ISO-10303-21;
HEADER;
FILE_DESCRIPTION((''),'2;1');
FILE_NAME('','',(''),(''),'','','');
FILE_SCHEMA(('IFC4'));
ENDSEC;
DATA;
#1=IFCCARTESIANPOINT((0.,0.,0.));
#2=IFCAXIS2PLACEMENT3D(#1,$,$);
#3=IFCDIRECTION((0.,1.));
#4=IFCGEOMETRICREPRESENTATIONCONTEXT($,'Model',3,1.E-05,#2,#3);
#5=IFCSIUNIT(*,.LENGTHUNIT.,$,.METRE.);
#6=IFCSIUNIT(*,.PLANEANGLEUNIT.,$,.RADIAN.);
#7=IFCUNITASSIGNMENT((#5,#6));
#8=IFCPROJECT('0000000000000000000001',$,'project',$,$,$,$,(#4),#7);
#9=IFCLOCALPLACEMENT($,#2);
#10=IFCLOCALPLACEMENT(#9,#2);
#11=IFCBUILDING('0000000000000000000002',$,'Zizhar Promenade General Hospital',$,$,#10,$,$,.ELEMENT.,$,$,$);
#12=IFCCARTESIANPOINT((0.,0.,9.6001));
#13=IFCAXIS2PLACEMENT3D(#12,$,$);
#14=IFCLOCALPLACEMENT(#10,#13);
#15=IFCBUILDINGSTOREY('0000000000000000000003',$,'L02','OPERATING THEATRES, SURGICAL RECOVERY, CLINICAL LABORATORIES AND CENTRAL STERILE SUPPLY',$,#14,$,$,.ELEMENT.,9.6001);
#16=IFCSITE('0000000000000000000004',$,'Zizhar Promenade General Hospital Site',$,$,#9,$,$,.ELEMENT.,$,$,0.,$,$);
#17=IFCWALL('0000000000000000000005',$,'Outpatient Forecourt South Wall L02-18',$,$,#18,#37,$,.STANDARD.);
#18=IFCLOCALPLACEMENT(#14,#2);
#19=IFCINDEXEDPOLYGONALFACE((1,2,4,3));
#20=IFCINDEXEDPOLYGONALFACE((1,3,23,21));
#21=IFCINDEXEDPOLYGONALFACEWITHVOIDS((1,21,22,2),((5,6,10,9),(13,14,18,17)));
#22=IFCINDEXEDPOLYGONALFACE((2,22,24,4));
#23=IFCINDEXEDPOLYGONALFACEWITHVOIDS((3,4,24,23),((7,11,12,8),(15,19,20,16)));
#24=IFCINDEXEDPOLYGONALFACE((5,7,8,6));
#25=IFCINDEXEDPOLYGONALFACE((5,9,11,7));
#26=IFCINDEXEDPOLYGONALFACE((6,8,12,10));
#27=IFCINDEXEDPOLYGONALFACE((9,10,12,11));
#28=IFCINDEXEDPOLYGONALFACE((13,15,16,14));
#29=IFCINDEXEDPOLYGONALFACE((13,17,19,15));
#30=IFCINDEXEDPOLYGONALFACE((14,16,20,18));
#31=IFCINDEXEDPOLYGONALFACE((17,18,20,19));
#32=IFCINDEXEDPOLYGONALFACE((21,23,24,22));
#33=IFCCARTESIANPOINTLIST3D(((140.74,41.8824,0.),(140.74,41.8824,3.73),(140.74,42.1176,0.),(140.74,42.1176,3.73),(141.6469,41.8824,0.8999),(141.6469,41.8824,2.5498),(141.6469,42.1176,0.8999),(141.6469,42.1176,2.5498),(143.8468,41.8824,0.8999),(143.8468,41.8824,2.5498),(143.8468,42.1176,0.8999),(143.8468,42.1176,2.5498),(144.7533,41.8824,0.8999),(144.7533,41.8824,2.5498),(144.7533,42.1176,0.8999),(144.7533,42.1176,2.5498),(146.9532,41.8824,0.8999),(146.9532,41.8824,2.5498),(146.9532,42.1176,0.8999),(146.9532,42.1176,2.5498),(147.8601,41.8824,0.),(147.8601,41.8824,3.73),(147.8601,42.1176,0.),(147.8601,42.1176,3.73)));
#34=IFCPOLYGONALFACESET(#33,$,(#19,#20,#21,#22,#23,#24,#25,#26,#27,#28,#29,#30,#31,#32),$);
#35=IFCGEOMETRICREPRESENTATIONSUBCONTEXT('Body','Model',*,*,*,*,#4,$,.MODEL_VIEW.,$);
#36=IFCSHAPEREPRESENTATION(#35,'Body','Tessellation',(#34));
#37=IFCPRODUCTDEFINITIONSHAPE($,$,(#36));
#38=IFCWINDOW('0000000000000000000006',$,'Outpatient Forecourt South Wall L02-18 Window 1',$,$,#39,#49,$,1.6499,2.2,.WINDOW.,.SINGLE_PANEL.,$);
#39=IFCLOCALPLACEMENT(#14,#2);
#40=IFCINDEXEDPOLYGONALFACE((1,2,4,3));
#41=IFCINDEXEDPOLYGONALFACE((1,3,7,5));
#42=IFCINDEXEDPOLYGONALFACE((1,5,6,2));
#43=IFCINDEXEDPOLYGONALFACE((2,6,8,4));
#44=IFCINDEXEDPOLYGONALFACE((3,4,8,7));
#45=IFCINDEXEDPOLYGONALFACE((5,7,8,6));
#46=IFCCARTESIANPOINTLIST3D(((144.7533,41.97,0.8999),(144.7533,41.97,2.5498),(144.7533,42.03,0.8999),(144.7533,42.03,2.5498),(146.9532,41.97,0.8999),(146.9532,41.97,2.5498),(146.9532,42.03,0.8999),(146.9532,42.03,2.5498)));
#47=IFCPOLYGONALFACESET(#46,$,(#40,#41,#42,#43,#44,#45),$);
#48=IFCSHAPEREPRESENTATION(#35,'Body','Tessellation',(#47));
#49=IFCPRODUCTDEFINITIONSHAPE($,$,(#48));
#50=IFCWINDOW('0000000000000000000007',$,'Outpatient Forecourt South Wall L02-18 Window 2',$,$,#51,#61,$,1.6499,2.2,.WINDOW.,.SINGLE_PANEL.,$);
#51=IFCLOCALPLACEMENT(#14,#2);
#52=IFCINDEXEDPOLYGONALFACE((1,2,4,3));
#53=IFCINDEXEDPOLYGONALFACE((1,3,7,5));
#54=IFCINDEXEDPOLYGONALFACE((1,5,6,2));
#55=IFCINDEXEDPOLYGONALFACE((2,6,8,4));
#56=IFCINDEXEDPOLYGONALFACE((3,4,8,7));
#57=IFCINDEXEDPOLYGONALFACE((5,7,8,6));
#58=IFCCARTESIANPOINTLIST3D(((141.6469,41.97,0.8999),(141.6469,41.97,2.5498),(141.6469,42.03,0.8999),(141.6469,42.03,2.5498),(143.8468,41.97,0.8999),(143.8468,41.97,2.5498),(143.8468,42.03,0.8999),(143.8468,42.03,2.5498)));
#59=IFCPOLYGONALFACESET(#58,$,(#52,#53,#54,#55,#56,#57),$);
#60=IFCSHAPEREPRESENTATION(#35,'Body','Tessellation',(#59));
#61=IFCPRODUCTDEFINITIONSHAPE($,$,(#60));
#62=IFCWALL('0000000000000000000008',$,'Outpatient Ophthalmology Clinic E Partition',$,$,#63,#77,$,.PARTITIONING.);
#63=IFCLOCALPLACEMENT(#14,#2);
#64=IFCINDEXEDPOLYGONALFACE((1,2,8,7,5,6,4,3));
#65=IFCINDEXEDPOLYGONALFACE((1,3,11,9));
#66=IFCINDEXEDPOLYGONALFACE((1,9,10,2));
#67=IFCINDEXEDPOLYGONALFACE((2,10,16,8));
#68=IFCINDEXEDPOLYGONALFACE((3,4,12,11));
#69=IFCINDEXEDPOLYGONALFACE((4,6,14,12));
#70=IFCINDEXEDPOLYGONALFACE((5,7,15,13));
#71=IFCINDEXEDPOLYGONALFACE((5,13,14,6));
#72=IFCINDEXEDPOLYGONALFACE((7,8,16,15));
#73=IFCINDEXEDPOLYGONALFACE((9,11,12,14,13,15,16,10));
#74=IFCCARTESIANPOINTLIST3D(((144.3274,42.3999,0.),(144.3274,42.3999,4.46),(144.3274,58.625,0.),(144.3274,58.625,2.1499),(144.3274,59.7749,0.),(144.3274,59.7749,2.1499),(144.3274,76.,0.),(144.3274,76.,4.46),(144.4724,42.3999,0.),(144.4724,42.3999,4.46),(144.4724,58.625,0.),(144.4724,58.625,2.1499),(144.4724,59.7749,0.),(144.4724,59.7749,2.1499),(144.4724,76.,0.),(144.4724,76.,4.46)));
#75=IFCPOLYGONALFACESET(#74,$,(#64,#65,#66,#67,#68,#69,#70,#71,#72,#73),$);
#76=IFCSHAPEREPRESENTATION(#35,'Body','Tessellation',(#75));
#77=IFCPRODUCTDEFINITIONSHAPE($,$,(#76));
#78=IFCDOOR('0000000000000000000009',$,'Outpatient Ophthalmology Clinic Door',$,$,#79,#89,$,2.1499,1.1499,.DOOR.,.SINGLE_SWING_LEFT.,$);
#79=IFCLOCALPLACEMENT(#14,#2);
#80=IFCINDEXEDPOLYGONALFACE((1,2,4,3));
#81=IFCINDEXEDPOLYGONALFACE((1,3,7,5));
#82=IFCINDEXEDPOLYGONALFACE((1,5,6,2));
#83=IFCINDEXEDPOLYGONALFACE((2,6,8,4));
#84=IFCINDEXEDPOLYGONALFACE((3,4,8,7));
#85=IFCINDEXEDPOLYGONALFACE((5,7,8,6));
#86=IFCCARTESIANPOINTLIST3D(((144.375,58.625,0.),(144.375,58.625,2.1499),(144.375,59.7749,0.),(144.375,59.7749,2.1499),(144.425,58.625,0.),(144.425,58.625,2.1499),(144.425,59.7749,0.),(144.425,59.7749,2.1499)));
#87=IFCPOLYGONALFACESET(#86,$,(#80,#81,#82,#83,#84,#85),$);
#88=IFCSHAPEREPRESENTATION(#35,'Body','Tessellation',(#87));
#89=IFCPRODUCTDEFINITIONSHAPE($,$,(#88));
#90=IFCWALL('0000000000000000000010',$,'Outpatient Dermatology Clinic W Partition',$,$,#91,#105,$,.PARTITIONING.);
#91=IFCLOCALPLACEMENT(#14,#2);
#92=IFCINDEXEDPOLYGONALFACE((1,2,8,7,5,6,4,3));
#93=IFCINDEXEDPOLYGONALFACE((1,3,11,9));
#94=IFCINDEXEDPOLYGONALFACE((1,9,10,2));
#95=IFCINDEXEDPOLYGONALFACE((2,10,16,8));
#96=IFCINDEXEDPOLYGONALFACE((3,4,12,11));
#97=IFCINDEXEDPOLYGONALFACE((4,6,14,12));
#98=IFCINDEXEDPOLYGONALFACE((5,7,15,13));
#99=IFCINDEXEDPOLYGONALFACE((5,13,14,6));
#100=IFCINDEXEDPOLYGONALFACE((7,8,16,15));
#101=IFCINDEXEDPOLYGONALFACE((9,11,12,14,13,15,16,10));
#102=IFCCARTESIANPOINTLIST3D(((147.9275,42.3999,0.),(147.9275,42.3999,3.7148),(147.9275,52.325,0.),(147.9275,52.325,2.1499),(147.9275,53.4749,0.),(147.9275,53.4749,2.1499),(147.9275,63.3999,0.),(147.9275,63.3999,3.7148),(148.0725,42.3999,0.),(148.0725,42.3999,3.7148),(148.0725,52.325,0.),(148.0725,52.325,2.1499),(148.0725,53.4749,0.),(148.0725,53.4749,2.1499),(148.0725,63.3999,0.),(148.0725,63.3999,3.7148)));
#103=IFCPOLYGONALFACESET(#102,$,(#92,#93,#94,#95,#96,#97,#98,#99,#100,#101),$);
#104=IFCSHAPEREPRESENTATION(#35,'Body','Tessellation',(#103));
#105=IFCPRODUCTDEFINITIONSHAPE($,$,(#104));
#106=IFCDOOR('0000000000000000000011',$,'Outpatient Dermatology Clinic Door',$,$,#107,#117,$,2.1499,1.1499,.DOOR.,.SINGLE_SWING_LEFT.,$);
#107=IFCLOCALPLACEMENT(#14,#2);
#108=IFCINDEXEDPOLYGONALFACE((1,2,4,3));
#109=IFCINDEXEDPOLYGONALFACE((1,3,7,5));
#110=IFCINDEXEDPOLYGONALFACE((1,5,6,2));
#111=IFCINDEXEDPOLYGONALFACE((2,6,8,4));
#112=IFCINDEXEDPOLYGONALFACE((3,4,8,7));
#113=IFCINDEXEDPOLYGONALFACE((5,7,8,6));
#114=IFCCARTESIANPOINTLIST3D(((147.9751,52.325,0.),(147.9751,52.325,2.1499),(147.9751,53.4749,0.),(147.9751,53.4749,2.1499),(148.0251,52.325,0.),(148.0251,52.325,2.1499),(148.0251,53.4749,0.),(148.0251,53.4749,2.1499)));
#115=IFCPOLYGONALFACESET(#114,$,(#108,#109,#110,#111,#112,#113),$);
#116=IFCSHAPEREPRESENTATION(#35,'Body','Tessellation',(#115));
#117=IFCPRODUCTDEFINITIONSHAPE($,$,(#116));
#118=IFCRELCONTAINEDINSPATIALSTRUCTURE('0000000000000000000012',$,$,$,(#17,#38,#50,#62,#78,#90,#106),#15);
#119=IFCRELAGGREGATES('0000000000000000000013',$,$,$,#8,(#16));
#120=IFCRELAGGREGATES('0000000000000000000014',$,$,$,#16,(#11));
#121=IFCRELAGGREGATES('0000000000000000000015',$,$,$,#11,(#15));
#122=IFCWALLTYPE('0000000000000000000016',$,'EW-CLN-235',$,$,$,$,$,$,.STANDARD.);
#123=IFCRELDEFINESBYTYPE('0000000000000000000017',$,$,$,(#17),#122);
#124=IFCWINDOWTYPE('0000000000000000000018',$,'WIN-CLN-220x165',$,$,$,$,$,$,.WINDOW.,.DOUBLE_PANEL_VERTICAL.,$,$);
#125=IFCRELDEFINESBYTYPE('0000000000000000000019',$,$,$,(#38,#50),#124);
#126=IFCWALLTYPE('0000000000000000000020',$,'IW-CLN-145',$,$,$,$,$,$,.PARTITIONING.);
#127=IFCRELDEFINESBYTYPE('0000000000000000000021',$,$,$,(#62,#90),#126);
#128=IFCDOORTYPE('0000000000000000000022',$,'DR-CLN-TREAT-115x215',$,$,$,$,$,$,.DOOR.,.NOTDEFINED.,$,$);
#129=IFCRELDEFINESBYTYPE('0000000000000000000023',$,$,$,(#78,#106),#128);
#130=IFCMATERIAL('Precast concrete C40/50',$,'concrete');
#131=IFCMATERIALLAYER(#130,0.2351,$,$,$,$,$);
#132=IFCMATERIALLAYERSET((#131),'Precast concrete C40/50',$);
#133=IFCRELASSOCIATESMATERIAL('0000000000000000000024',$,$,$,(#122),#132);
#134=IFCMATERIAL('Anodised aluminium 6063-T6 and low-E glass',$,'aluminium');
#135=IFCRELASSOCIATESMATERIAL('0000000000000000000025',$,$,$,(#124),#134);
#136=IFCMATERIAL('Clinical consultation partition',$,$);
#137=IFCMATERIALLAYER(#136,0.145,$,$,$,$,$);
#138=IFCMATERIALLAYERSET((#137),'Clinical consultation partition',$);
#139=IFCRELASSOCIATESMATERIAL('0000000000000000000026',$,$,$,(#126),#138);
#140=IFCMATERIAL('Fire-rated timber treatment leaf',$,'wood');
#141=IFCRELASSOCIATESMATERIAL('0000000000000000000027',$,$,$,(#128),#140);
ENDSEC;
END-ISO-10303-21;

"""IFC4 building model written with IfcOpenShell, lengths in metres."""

from ifc_helpers import new_model, si_unit, direction, frame, frame_2d, origin, place, context, subcontext, project, spatial, rectangle, extrude, material, layer, layer_set, type_object, element, fill, save


model = new_model("IFC4")

# Units and contexts
model_context = context("Model", 3, precision=1e-05, world=origin(), true_north=direction((0.0, 1.0)))
body_context = subcontext(model_context, "Body", "Model", "MODEL_VIEW")
ifc_project = project(units=[si_unit("LENGTHUNIT", "METRE"), si_unit("PLANEANGLEUNIT", "RADIAN")], contexts=[model_context])

# Site, building, storey
site_placement = place(None, origin())
site = spatial("IfcSite", under=ifc_project, at=site_placement, Name="Zizhar Promenade General Hospital Site", CompositionType="ELEMENT", RefElevation=0.0)
building_placement = place(site_placement, origin())
building = spatial("IfcBuilding", under=site, at=building_placement, Name="Zizhar Promenade General Hospital", CompositionType="ELEMENT")
storey_placement = place(building_placement, frame((0.0, 0.0, 9.6001)))
storey = spatial("IfcBuildingStorey", under=building, at=storey_placement, Name="L02", Description="OPERATING THEATRES, SURGICAL RECOVERY, CLINICAL LABORATORIES AND CENTRAL STERILE SUPPLY", CompositionType="ELEMENT", Elevation=9.6001)

# Wall, openings, windows
ifc_material_1 = material(Name="Precast concrete C40/50", Category="concrete")
ifc_layer_1 = layer(ifc_material_1, 0.2351)
ifc_layer_set_1 = layer_set([ifc_layer_1], Name="Precast concrete C40/50")
wall_type_1 = type_object("IfcWallType", Name="EW-CLN-235", PredefinedType="STANDARD", material=ifc_layer_set_1)
wall_1_placement = place(storey_placement, frame((147.8601, 42.0, 0.0), z_axis=(0.0, 0.0, 1.0), x_axis=(-1.0, 0.0, 0.0)))
wall_1 = element("IfcWall", 1, at=wall_1_placement, inside=storey, type_object=wall_type_1, Name="Outpatient Forecourt South Wall L02-18", PredefinedType="STANDARD", context=body_context, shape_type="SweptSolid", body=[
    extrude(rectangle(XDim=7.1201, YDim=0.2351, at=frame_2d((3.5601, 0.0))), origin(), (0.0, 0.0, 1.0), 3.73),
])
opening_1_placement = place(wall_1_placement, frame((0.9067, 0.0, 0.8999)))
opening_1 = element("IfcOpeningElement", 2, at=opening_1_placement, cuts=wall_1, PredefinedType="OPENING", context=body_context, shape_type="SweptSolid", body=[
    extrude(rectangle(XDim=2.2, YDim=1.6499, at=frame_2d((1.1001, 0.825))), frame((0.0, 0.1274, 0.0), z_axis=(0.0, -1.0, 0.0), x_axis=(1.0, 0.0, 0.0)), (0.0, 0.0, 1.0), 0.2551),
])
opening_2_placement = place(wall_1_placement, frame((4.0132, 0.0, 0.8999)))
opening_2 = element("IfcOpeningElement", 3, at=opening_2_placement, cuts=wall_1, PredefinedType="OPENING", context=body_context, shape_type="SweptSolid", body=[
    extrude(rectangle(XDim=2.2, YDim=1.6499, at=frame_2d((1.1001, 0.825))), frame((0.0, 0.1274, 0.0), z_axis=(0.0, -1.0, 0.0), x_axis=(1.0, 0.0, 0.0)), (0.0, 0.0, 1.0), 0.2551),
])
ifc_material_2 = material(Name="Anodised aluminium 6063-T6 and low-E glass", Category="aluminium")
window_type = type_object("IfcWindowType", Name="WIN-CLN-220x165", PartitioningType="DOUBLE_PANEL_VERTICAL", PredefinedType="WINDOW", material=ifc_material_2)
window_1_placement = place(opening_1_placement, origin())
window_1 = element("IfcWindow", 4, at=window_1_placement, inside=storey, type_object=window_type, Name="Outpatient Forecourt South Wall L02-18 Window 1", OverallHeight=1.6499, OverallWidth=2.2, PartitioningType="SINGLE_PANEL", PredefinedType="WINDOW", context=body_context, shape_type="SweptSolid", body=[
    extrude(rectangle(XDim=2.2, YDim=1.6499, at=frame_2d((1.1001, 0.825))), frame((0.0, 0.03, 0.0), z_axis=(0.0, -1.0, 0.0), x_axis=(1.0, 0.0, 0.0)), (0.0, 0.0, 1.0), 0.0601),
])
fill(opening_1, window_1)
window_2_placement = place(opening_2_placement, origin())
window_2 = element("IfcWindow", 5, at=window_2_placement, inside=storey, type_object=window_type, Name="Outpatient Forecourt South Wall L02-18 Window 2", OverallHeight=1.6499, OverallWidth=2.2, PartitioningType="SINGLE_PANEL", PredefinedType="WINDOW", context=body_context, shape_type="SweptSolid", body=[
    extrude(rectangle(XDim=2.2, YDim=1.6499, at=frame_2d((1.1001, 0.825))), frame((0.0, 0.03, 0.0), z_axis=(0.0, -1.0, 0.0), x_axis=(1.0, 0.0, 0.0)), (0.0, 0.0, 1.0), 0.0601),
])
fill(opening_2, window_2)

# Walls, openings, doors
ifc_material_3 = material(Name="Clinical consultation partition")
ifc_layer_2 = layer(ifc_material_3, 0.145)
ifc_layer_set_2 = layer_set([ifc_layer_2], Name="Clinical consultation partition")
wall_type_2 = type_object("IfcWallType", Name="IW-CLN-145", PredefinedType="PARTITIONING", material=ifc_layer_set_2)
wall_2_placement = place(storey_placement, frame((144.3999, 42.3999, 0.0), z_axis=(0.0, 0.0, 1.0), x_axis=(0.0, 1.0, 0.0)))
wall_2 = element("IfcWall", 6, at=wall_2_placement, inside=storey, type_object=wall_type_2, Name="Outpatient Ophthalmology Clinic E Partition", PredefinedType="PARTITIONING", context=body_context, shape_type="SweptSolid", body=[
    extrude(rectangle(XDim=33.6001, YDim=0.145, at=frame_2d((16.8, 0.0))), origin(), (0.0, 0.0, 1.0), 4.46),
])
opening_3_placement = place(wall_2_placement, frame((16.2251, 0.0, 0.0)))
opening_3 = element("IfcOpeningElement", 7, at=opening_3_placement, cuts=wall_2, PredefinedType="OPENING", context=body_context, shape_type="SweptSolid", body=[
    extrude(rectangle(XDim=1.1499, YDim=2.1499, at=frame_2d((0.575, 1.075))), frame((0.0, 0.0825, 0.0), z_axis=(0.0, -1.0, 0.0), x_axis=(1.0, 0.0, 0.0)), (0.0, 0.0, 1.0), 0.165),
])
ifc_material_4 = material(Name="Fire-rated timber treatment leaf", Category="wood")
door_type = type_object("IfcDoorType", Name="DR-CLN-TREAT-115x215", OperationType="NOTDEFINED", PredefinedType="DOOR", material=ifc_material_4)
door_1_placement = place(opening_3_placement, origin())
door_1 = element("IfcDoor", 8, at=door_1_placement, inside=storey, type_object=door_type, Name="Outpatient Ophthalmology Clinic Door", OperationType="SINGLE_SWING_LEFT", OverallHeight=2.1499, OverallWidth=1.1499, PredefinedType="DOOR", context=body_context, shape_type="SweptSolid", body=[
    extrude(rectangle(XDim=1.1499, YDim=2.1499, at=frame_2d((0.575, 1.075))), frame((0.0, 0.0249, 0.0), z_axis=(0.0, -1.0, 0.0), x_axis=(1.0, 0.0, 0.0)), (0.0, 0.0, 1.0), 0.05),
])
fill(opening_3, door_1)
wall_3_placement = place(storey_placement, frame((148.0, 42.3999, 0.0), z_axis=(0.0, 0.0, 1.0), x_axis=(0.0, 1.0, 0.0)))
wall_3 = element("IfcWall", 9, at=wall_3_placement, inside=storey, type_object=wall_type_2, Name="Outpatient Dermatology Clinic W Partition", PredefinedType="PARTITIONING", context=body_context, shape_type="SweptSolid", body=[
    extrude(rectangle(XDim=21.0, YDim=0.145, at=frame_2d((10.5, 0.0))), origin(), (0.0, 0.0, 1.0), 3.7148),
])
opening_4_placement = place(wall_3_placement, frame((9.925, 0.0, 0.0)))
opening_4 = element("IfcOpeningElement", 10, at=opening_4_placement, cuts=wall_3, PredefinedType="OPENING", context=body_context, shape_type="SweptSolid", body=[
    extrude(rectangle(XDim=1.1499, YDim=2.1499, at=frame_2d((0.575, 1.075))), frame((0.0, 0.0825, 0.0), z_axis=(0.0, -1.0, 0.0), x_axis=(1.0, 0.0, 0.0)), (0.0, 0.0, 1.0), 0.165),
])
door_2_placement = place(opening_4_placement, origin())
door_2 = element("IfcDoor", 11, at=door_2_placement, inside=storey, type_object=door_type, Name="Outpatient Dermatology Clinic Door", OperationType="SINGLE_SWING_LEFT", OverallHeight=2.1499, OverallWidth=1.1499, PredefinedType="DOOR", context=body_context, shape_type="SweptSolid", body=[
    extrude(rectangle(XDim=1.1499, YDim=2.1499, at=frame_2d((0.575, 1.075))), frame((0.0, 0.0249, 0.0), z_axis=(0.0, -1.0, 0.0), x_axis=(1.0, 0.0, 0.0)), (0.0, 0.0, 1.0), 0.05),
])
fill(opening_4, door_2)

save(model, "model.ifc")
